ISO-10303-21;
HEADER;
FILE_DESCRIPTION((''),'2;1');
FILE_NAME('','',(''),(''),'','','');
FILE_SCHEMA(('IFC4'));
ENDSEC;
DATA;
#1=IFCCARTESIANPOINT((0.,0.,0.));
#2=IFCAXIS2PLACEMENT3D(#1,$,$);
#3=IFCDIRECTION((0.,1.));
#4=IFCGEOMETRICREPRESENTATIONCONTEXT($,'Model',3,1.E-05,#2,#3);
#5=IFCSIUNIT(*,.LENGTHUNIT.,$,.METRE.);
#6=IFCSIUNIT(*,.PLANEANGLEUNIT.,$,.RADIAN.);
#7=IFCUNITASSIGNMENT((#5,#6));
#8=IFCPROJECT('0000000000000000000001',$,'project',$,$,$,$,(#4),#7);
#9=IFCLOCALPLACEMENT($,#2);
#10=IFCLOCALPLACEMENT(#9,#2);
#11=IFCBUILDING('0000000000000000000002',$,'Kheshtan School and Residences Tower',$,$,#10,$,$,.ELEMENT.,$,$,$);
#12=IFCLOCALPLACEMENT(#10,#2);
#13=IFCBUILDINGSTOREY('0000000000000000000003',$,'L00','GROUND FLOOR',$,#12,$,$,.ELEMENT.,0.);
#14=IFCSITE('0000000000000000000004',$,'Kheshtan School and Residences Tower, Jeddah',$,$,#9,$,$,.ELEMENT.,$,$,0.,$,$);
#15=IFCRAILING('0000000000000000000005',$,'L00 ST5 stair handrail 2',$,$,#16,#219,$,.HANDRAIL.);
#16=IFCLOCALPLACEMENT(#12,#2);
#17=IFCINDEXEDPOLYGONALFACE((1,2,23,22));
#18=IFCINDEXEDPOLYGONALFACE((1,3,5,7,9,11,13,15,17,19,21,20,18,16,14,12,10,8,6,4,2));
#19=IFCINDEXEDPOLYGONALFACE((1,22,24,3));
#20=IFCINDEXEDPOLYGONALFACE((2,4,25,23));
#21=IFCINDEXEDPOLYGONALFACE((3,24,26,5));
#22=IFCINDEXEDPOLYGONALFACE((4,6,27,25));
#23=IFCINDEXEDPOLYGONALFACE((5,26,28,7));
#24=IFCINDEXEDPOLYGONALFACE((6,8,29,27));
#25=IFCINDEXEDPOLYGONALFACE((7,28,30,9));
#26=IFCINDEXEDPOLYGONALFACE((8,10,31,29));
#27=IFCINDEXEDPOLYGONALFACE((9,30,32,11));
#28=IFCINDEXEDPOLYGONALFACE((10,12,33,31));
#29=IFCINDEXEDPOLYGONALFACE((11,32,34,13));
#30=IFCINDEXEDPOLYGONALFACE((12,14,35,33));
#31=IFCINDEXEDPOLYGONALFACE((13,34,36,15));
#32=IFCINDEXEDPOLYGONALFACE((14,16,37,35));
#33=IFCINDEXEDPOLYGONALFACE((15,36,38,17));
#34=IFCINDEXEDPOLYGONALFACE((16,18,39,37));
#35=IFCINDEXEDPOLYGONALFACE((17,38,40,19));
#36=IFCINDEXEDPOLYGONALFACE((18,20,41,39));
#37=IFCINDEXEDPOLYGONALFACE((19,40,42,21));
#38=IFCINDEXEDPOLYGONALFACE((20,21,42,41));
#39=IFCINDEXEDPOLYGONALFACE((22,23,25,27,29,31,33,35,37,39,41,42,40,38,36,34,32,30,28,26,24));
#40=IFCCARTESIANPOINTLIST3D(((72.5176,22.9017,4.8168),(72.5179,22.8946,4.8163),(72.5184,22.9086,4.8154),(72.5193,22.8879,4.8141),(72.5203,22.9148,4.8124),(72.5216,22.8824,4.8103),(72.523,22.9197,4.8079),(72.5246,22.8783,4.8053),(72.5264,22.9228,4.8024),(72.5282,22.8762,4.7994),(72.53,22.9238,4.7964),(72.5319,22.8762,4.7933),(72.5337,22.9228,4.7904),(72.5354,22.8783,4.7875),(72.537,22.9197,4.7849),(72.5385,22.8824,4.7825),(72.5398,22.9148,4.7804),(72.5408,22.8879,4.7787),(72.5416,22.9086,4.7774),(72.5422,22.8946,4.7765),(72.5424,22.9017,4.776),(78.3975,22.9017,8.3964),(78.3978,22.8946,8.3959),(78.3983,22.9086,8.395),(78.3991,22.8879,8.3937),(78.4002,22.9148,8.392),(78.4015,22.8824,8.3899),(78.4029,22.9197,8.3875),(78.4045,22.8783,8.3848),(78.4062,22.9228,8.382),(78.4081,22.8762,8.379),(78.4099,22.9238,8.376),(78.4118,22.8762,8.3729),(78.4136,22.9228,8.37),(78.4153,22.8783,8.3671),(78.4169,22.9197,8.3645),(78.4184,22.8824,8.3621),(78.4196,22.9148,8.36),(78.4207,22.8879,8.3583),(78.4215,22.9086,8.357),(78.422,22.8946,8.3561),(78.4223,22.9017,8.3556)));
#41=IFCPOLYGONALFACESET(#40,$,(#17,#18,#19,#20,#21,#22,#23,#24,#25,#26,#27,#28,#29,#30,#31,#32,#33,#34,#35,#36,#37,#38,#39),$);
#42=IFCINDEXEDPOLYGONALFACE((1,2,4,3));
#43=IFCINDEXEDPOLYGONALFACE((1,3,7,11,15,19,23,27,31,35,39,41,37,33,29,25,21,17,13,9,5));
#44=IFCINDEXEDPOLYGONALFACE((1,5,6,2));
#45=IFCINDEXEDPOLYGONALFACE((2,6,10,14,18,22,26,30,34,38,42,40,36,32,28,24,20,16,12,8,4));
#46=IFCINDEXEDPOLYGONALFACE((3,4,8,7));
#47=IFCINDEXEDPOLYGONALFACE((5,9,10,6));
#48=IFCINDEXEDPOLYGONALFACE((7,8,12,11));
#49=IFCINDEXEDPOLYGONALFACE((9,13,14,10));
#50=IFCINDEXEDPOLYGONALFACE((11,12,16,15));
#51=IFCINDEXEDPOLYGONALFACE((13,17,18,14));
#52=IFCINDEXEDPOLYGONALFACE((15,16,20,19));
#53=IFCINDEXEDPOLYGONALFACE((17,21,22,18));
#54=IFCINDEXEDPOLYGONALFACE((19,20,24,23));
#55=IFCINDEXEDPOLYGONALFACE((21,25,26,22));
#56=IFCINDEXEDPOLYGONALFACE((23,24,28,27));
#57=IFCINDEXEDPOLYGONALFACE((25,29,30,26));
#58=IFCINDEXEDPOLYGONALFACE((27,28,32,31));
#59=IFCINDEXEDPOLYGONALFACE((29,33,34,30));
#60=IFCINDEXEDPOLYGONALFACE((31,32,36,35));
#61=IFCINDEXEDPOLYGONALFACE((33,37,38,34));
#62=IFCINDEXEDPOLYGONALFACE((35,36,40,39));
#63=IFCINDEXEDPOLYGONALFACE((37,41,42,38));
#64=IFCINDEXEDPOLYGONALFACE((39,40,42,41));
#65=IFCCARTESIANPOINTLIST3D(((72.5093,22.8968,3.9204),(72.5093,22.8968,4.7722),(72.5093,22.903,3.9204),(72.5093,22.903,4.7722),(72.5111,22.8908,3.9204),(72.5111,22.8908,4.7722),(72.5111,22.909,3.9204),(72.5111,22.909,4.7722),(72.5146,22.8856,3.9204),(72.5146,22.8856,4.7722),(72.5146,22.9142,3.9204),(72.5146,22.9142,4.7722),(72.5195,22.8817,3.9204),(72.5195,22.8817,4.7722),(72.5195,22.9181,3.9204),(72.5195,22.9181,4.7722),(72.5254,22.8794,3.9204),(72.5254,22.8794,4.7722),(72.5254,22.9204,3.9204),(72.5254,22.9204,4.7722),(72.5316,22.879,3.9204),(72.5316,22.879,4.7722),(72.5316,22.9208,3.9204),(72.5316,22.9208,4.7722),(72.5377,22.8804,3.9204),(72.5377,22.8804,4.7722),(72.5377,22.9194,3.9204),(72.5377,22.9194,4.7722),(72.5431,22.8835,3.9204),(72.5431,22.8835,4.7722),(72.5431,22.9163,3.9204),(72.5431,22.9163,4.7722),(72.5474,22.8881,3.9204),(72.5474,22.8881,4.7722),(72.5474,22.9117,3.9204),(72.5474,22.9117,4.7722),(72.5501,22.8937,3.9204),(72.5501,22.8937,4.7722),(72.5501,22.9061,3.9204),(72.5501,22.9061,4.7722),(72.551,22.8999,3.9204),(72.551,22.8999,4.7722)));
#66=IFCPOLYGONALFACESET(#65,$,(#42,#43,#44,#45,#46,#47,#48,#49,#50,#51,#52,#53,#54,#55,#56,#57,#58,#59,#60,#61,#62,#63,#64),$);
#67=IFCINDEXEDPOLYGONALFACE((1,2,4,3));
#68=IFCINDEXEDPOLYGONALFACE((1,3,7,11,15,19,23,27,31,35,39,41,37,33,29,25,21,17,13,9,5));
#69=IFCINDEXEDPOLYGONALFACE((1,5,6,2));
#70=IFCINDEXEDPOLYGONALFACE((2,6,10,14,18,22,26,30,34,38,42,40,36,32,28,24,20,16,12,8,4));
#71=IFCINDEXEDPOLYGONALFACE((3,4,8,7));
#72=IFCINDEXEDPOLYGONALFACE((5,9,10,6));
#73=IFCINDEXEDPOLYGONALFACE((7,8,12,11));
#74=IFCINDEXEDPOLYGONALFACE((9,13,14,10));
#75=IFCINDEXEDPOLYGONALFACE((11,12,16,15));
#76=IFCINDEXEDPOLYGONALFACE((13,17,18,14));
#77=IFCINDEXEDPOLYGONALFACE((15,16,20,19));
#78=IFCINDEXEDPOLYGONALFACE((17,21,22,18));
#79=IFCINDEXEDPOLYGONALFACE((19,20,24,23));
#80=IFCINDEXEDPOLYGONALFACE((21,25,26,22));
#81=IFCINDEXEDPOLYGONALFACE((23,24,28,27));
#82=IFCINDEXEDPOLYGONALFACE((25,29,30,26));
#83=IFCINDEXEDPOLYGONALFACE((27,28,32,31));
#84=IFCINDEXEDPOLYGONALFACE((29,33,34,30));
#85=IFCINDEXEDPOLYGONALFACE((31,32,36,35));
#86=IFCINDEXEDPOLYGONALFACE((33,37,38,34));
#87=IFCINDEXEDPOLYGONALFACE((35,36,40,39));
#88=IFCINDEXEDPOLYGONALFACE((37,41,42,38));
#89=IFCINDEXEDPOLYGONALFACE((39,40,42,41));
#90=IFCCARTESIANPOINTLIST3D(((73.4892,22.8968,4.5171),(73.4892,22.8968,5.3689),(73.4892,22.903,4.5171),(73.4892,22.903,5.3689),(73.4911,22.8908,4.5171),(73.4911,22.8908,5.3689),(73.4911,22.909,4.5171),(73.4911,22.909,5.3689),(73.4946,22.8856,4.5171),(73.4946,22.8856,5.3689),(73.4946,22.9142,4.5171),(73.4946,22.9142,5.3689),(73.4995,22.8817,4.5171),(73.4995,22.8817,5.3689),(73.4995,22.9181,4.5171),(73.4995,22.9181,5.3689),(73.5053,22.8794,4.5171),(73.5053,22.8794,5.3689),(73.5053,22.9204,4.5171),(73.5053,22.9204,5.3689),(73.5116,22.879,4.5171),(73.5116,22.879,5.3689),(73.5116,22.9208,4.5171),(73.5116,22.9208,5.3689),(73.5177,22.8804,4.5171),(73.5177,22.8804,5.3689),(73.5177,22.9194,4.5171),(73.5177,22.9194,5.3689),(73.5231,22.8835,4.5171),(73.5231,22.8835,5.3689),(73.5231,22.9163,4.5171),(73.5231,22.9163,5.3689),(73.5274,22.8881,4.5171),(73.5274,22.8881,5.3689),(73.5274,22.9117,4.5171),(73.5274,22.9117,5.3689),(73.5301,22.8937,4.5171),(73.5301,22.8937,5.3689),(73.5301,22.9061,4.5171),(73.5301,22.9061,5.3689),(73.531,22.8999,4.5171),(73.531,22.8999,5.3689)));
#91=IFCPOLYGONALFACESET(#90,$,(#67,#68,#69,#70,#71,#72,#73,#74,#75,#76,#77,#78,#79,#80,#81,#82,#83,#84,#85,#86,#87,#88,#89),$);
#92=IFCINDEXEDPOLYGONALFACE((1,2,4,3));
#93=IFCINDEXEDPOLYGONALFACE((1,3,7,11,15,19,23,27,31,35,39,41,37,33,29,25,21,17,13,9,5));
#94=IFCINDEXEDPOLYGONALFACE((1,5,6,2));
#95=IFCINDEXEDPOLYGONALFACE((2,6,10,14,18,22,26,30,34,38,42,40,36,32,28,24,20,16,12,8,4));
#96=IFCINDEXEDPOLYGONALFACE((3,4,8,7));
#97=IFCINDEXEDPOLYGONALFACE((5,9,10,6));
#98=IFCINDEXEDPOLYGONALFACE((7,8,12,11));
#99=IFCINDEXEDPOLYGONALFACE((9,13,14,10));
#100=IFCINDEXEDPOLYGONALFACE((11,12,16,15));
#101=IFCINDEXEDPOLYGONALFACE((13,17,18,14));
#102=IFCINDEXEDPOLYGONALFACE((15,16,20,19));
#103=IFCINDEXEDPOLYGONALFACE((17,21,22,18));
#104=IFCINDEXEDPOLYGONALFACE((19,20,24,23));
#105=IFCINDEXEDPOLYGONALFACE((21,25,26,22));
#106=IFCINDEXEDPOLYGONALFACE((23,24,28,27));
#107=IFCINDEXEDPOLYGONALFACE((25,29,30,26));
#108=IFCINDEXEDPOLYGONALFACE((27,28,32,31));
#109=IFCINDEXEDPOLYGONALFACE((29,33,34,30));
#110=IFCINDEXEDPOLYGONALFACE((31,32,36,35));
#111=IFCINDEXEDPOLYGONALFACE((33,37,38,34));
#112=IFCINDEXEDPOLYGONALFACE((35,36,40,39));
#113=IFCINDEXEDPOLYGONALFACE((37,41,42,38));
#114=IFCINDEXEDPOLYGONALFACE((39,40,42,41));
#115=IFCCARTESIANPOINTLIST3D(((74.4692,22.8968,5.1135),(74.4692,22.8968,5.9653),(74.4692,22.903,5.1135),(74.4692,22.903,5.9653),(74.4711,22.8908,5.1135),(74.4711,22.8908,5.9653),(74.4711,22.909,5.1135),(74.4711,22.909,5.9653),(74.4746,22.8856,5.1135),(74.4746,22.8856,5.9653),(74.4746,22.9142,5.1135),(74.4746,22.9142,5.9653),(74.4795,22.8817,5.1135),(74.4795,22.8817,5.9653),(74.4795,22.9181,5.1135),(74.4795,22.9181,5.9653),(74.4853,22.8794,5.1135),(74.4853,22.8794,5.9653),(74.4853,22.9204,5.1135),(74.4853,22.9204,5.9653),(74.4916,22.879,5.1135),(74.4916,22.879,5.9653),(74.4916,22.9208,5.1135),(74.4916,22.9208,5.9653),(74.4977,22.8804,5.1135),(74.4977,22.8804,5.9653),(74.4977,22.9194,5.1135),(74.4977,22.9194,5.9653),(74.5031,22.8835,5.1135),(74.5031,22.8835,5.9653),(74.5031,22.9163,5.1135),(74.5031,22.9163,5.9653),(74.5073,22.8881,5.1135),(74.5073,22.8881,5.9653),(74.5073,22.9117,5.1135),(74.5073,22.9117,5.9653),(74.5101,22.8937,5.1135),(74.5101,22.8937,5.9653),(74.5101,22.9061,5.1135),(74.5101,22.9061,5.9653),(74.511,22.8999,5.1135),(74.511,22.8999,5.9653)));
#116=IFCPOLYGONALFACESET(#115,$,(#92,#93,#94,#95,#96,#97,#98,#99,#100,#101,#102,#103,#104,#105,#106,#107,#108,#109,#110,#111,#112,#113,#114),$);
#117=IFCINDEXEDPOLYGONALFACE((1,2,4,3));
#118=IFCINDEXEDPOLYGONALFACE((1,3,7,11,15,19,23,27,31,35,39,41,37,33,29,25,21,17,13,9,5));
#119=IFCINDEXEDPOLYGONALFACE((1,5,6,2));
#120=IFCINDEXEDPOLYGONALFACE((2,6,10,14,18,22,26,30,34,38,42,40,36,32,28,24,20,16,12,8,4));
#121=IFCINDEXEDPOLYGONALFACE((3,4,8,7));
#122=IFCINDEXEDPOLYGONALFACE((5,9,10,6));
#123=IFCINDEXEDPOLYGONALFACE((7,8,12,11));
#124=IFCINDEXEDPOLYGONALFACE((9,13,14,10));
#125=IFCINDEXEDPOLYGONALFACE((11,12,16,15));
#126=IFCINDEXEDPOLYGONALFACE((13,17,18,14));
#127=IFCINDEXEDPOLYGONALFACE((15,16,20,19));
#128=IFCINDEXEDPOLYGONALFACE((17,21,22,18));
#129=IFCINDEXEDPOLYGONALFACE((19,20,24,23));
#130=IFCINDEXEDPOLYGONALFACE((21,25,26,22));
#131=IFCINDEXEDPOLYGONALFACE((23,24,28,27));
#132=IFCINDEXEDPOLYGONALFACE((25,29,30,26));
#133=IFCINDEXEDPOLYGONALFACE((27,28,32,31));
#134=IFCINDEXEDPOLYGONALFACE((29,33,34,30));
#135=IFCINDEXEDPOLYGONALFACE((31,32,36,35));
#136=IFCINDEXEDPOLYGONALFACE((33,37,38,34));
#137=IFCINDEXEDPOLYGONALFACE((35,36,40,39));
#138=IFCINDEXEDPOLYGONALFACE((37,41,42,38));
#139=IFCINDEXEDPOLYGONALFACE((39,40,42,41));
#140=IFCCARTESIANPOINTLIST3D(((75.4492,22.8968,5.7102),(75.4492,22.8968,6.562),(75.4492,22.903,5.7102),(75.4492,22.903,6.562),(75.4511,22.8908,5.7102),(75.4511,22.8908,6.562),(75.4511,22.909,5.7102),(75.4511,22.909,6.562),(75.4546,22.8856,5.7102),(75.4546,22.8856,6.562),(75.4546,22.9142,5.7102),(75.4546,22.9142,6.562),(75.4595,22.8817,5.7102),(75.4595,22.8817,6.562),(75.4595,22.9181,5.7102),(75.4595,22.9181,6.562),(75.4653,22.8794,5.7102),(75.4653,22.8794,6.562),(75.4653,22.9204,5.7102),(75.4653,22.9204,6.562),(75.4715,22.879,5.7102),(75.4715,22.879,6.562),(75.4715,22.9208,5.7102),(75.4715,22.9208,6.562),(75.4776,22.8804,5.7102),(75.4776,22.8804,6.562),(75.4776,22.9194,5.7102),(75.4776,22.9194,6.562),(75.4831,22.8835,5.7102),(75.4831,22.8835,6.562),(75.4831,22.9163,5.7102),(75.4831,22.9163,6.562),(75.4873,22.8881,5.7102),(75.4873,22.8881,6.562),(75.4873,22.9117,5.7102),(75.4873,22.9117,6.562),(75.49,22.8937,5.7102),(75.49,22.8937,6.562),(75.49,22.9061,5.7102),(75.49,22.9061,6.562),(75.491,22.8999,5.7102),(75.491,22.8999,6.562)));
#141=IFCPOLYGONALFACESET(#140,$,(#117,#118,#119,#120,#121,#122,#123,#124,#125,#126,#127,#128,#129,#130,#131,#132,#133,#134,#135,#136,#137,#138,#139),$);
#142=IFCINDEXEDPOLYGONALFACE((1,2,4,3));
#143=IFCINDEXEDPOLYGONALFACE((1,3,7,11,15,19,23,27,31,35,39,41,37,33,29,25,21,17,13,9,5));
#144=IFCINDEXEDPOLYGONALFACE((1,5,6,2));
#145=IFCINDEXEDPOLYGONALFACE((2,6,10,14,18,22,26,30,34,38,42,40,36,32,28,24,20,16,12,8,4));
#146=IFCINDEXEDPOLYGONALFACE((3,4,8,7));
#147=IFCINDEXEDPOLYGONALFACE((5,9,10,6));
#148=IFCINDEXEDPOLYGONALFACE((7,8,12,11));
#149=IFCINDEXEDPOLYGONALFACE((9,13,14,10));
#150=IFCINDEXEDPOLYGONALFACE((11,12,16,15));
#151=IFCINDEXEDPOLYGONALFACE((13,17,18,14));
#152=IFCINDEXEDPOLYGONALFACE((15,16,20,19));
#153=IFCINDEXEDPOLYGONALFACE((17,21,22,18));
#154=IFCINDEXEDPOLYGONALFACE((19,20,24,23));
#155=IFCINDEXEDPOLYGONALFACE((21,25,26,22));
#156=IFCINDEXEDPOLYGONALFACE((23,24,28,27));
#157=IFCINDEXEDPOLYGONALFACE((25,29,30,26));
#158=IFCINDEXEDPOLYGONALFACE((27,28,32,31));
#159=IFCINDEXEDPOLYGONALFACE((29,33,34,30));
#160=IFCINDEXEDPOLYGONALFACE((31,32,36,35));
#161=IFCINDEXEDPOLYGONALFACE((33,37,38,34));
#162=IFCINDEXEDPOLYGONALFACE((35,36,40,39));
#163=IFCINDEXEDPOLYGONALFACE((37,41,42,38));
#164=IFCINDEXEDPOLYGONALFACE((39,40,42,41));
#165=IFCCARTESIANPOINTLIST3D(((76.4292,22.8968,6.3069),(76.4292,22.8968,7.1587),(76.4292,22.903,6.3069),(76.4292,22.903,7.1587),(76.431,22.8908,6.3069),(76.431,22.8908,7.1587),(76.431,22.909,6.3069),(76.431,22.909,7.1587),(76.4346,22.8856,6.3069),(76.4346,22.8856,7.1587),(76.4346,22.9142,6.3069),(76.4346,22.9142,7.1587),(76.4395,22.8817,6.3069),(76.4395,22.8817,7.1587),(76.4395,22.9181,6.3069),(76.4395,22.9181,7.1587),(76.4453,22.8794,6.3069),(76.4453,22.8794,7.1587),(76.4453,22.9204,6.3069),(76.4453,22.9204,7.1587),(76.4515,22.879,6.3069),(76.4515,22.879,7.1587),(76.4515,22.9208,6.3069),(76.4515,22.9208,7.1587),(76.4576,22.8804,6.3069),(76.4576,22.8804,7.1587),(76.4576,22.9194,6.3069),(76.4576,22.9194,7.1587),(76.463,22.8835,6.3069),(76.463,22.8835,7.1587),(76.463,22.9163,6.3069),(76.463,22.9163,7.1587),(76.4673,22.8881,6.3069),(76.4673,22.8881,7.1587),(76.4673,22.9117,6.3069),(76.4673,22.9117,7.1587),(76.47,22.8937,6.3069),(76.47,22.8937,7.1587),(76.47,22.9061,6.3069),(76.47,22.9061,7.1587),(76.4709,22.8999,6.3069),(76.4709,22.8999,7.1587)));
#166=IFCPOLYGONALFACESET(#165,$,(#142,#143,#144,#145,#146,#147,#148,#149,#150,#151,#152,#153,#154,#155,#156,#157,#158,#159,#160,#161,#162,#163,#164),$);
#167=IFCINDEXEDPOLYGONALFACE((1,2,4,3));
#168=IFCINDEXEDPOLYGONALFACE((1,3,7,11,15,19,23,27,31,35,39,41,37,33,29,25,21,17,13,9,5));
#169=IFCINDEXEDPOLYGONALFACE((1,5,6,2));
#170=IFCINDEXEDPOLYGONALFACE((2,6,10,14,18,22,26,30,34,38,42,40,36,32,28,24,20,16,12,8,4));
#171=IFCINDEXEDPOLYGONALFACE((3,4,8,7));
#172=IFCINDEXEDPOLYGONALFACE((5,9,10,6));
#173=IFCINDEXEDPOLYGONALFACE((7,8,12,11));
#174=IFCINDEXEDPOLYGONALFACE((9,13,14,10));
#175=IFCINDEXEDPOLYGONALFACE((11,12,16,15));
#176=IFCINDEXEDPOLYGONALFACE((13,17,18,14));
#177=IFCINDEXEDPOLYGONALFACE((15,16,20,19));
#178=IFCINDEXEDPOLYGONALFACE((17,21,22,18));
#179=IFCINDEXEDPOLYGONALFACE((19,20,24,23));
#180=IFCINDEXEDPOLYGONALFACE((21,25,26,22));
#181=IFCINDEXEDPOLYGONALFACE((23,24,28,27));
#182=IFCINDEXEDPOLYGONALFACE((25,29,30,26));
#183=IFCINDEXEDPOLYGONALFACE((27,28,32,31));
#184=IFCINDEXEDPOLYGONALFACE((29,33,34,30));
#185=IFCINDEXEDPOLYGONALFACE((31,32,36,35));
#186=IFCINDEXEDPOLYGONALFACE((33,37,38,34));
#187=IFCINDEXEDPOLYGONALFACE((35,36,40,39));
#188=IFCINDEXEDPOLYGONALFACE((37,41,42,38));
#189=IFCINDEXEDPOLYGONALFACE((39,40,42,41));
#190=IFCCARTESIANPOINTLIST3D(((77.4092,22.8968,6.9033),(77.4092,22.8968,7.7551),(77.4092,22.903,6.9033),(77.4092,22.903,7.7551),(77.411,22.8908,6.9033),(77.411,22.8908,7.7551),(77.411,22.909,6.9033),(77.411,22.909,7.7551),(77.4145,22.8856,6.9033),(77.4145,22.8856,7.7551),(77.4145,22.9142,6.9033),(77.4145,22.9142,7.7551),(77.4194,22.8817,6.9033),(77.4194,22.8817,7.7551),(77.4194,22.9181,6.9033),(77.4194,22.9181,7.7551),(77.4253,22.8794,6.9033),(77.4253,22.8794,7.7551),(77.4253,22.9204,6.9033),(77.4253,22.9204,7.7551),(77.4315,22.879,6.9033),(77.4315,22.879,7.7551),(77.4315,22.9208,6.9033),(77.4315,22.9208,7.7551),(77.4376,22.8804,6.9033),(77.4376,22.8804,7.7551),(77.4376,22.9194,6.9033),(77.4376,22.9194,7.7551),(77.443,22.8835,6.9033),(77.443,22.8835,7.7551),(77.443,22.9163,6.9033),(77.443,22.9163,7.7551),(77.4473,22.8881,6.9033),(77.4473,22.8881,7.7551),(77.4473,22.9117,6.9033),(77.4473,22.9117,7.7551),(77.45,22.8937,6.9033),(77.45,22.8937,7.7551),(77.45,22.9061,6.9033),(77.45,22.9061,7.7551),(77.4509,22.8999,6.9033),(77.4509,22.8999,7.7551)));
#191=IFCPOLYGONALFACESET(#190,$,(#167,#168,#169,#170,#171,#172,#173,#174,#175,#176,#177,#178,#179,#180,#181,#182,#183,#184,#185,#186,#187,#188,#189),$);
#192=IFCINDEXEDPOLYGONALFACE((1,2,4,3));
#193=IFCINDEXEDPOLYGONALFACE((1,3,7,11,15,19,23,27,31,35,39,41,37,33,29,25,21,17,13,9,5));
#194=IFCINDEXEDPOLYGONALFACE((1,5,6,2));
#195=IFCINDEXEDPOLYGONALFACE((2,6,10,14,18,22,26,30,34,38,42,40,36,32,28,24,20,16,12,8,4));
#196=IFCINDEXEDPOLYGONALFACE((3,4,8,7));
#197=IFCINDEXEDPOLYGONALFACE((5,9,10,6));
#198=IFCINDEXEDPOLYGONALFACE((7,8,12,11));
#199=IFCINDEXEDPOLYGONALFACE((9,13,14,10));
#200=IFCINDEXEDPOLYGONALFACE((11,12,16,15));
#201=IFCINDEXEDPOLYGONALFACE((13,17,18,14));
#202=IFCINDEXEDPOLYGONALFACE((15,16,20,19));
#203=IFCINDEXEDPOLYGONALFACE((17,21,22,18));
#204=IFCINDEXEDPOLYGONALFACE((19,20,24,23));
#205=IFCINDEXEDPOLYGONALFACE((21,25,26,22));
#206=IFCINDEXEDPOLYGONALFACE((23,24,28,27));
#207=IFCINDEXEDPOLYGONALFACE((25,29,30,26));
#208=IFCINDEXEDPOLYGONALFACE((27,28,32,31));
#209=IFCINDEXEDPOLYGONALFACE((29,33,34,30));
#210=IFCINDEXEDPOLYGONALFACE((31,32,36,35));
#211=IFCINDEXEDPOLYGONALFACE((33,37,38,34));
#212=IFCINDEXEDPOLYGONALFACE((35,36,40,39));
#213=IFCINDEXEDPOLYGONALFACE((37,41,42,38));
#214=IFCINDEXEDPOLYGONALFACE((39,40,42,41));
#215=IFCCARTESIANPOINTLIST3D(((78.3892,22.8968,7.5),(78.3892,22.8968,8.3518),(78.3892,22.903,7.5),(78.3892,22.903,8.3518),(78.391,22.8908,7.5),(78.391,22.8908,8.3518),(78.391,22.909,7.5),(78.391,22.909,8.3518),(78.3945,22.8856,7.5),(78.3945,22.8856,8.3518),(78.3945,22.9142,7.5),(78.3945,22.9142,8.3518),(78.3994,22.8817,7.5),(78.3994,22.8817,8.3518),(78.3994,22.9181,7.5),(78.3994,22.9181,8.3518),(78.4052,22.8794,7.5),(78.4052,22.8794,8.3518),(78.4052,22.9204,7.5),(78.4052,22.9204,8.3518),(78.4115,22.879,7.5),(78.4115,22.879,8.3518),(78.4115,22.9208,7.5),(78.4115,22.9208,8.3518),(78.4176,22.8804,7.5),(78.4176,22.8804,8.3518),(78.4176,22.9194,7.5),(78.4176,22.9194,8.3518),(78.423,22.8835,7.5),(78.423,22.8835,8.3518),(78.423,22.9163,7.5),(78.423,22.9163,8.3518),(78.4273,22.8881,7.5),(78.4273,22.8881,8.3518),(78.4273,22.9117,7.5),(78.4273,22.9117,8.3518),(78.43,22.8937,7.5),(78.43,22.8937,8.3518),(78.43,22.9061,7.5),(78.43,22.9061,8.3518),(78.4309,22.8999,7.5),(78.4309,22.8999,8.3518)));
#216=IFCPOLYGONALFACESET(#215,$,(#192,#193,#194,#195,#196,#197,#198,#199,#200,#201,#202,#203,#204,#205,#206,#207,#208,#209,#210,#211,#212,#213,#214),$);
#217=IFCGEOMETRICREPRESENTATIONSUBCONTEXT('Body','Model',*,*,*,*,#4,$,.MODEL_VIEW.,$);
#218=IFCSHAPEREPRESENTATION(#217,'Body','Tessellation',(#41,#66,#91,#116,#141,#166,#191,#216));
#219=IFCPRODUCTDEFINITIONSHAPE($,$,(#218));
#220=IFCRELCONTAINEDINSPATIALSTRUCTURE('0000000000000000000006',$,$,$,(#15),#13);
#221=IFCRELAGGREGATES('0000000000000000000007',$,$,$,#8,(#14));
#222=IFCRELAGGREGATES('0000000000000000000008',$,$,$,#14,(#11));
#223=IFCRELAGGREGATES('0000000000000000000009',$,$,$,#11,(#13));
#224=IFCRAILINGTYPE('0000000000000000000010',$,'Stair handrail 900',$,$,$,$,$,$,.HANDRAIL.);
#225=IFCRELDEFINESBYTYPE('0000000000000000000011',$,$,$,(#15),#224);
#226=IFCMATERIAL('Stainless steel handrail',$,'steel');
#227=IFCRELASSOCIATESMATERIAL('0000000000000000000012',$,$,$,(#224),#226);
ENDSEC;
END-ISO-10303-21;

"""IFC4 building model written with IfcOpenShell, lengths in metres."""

from ifc_helpers import new_model, si_unit, direction, frame, origin, origin_2d, place, context, subcontext, project, spatial, circle, extrude, material, type_object, element, save


model = new_model("IFC4")

# Units and contexts
model_context = context("Model", 3, precision=1e-05, world=origin(), true_north=direction((0.0, 1.0)))
body_context = subcontext(model_context, "Body", "Model", "MODEL_VIEW")
ifc_project = project(units=[si_unit("LENGTHUNIT", "METRE"), si_unit("PLANEANGLEUNIT", "RADIAN")], contexts=[model_context])

# Site, building, storey
site_placement = place(None, origin())
site = spatial("IfcSite", under=ifc_project, at=site_placement, Name="Kheshtan School and Residences Tower, Jeddah", CompositionType="ELEMENT", RefElevation=0.0)
building_placement = place(site_placement, origin())
building = spatial("IfcBuilding", under=site, at=building_placement, Name="Kheshtan School and Residences Tower", CompositionType="ELEMENT")
storey_placement = place(building_placement, origin())
storey = spatial("IfcBuildingStorey", under=building, at=storey_placement, Name="L00", Description="GROUND FLOOR", CompositionType="ELEMENT", Elevation=0.0)

# Railing
ifc_material_1 = material(Name="Stainless steel handrail", Category="steel")
railing_type_1 = type_object("IfcRailingType", Name="Stair handrail 900", PredefinedType="HANDRAIL", material=ifc_material_1)
railing_1_placement = place(storey_placement, frame((72.53, 22.8999, 3.9204)))
element("IfcRailing", 1, at=railing_1_placement, inside=storey, type_object=railing_type_1, Name="L00 ST5 stair handrail 2", PredefinedType="HANDRAIL", context=body_context, shape_type="SweptSolid", body=[
    extrude(circle(Radius=0.0239, at=origin_2d()), frame((0.0, 0.0, 0.876), z_axis=(0.854164, 0.0, 0.520003), x_axis=(0.0, 1.0, 0.0)), (0.0, 0.0, 1.0), 6.8838),
    extrude(circle(Radius=0.021, at=origin_2d()), origin(), (0.0, 0.0, 1.0), 0.8518),
    extrude(circle(Radius=0.021, at=origin_2d()), frame((0.98, 0.0, 0.5967)), (0.0, 0.0, 1.0), 0.8518),
    extrude(circle(Radius=0.021, at=origin_2d()), frame((1.96, 0.0, 1.1931)), (0.0, 0.0, 1.0), 0.8518),
    extrude(circle(Radius=0.021, at=origin_2d()), frame((2.9399, 0.0, 1.7898)), (0.0, 0.0, 1.0), 0.8518),
    extrude(circle(Radius=0.021, at=origin_2d()), frame((3.9199, 0.0, 2.3865)), (0.0, 0.0, 1.0), 0.8518),
    extrude(circle(Radius=0.021, at=origin_2d()), frame((4.8999, 0.0, 2.9829)), (0.0, 0.0, 1.0), 0.8518),
    extrude(circle(Radius=0.021, at=origin_2d()), frame((5.8799, 0.0, 3.5796)), (0.0, 0.0, 1.0), 0.8518),
])

save(model, "model.ifc")
